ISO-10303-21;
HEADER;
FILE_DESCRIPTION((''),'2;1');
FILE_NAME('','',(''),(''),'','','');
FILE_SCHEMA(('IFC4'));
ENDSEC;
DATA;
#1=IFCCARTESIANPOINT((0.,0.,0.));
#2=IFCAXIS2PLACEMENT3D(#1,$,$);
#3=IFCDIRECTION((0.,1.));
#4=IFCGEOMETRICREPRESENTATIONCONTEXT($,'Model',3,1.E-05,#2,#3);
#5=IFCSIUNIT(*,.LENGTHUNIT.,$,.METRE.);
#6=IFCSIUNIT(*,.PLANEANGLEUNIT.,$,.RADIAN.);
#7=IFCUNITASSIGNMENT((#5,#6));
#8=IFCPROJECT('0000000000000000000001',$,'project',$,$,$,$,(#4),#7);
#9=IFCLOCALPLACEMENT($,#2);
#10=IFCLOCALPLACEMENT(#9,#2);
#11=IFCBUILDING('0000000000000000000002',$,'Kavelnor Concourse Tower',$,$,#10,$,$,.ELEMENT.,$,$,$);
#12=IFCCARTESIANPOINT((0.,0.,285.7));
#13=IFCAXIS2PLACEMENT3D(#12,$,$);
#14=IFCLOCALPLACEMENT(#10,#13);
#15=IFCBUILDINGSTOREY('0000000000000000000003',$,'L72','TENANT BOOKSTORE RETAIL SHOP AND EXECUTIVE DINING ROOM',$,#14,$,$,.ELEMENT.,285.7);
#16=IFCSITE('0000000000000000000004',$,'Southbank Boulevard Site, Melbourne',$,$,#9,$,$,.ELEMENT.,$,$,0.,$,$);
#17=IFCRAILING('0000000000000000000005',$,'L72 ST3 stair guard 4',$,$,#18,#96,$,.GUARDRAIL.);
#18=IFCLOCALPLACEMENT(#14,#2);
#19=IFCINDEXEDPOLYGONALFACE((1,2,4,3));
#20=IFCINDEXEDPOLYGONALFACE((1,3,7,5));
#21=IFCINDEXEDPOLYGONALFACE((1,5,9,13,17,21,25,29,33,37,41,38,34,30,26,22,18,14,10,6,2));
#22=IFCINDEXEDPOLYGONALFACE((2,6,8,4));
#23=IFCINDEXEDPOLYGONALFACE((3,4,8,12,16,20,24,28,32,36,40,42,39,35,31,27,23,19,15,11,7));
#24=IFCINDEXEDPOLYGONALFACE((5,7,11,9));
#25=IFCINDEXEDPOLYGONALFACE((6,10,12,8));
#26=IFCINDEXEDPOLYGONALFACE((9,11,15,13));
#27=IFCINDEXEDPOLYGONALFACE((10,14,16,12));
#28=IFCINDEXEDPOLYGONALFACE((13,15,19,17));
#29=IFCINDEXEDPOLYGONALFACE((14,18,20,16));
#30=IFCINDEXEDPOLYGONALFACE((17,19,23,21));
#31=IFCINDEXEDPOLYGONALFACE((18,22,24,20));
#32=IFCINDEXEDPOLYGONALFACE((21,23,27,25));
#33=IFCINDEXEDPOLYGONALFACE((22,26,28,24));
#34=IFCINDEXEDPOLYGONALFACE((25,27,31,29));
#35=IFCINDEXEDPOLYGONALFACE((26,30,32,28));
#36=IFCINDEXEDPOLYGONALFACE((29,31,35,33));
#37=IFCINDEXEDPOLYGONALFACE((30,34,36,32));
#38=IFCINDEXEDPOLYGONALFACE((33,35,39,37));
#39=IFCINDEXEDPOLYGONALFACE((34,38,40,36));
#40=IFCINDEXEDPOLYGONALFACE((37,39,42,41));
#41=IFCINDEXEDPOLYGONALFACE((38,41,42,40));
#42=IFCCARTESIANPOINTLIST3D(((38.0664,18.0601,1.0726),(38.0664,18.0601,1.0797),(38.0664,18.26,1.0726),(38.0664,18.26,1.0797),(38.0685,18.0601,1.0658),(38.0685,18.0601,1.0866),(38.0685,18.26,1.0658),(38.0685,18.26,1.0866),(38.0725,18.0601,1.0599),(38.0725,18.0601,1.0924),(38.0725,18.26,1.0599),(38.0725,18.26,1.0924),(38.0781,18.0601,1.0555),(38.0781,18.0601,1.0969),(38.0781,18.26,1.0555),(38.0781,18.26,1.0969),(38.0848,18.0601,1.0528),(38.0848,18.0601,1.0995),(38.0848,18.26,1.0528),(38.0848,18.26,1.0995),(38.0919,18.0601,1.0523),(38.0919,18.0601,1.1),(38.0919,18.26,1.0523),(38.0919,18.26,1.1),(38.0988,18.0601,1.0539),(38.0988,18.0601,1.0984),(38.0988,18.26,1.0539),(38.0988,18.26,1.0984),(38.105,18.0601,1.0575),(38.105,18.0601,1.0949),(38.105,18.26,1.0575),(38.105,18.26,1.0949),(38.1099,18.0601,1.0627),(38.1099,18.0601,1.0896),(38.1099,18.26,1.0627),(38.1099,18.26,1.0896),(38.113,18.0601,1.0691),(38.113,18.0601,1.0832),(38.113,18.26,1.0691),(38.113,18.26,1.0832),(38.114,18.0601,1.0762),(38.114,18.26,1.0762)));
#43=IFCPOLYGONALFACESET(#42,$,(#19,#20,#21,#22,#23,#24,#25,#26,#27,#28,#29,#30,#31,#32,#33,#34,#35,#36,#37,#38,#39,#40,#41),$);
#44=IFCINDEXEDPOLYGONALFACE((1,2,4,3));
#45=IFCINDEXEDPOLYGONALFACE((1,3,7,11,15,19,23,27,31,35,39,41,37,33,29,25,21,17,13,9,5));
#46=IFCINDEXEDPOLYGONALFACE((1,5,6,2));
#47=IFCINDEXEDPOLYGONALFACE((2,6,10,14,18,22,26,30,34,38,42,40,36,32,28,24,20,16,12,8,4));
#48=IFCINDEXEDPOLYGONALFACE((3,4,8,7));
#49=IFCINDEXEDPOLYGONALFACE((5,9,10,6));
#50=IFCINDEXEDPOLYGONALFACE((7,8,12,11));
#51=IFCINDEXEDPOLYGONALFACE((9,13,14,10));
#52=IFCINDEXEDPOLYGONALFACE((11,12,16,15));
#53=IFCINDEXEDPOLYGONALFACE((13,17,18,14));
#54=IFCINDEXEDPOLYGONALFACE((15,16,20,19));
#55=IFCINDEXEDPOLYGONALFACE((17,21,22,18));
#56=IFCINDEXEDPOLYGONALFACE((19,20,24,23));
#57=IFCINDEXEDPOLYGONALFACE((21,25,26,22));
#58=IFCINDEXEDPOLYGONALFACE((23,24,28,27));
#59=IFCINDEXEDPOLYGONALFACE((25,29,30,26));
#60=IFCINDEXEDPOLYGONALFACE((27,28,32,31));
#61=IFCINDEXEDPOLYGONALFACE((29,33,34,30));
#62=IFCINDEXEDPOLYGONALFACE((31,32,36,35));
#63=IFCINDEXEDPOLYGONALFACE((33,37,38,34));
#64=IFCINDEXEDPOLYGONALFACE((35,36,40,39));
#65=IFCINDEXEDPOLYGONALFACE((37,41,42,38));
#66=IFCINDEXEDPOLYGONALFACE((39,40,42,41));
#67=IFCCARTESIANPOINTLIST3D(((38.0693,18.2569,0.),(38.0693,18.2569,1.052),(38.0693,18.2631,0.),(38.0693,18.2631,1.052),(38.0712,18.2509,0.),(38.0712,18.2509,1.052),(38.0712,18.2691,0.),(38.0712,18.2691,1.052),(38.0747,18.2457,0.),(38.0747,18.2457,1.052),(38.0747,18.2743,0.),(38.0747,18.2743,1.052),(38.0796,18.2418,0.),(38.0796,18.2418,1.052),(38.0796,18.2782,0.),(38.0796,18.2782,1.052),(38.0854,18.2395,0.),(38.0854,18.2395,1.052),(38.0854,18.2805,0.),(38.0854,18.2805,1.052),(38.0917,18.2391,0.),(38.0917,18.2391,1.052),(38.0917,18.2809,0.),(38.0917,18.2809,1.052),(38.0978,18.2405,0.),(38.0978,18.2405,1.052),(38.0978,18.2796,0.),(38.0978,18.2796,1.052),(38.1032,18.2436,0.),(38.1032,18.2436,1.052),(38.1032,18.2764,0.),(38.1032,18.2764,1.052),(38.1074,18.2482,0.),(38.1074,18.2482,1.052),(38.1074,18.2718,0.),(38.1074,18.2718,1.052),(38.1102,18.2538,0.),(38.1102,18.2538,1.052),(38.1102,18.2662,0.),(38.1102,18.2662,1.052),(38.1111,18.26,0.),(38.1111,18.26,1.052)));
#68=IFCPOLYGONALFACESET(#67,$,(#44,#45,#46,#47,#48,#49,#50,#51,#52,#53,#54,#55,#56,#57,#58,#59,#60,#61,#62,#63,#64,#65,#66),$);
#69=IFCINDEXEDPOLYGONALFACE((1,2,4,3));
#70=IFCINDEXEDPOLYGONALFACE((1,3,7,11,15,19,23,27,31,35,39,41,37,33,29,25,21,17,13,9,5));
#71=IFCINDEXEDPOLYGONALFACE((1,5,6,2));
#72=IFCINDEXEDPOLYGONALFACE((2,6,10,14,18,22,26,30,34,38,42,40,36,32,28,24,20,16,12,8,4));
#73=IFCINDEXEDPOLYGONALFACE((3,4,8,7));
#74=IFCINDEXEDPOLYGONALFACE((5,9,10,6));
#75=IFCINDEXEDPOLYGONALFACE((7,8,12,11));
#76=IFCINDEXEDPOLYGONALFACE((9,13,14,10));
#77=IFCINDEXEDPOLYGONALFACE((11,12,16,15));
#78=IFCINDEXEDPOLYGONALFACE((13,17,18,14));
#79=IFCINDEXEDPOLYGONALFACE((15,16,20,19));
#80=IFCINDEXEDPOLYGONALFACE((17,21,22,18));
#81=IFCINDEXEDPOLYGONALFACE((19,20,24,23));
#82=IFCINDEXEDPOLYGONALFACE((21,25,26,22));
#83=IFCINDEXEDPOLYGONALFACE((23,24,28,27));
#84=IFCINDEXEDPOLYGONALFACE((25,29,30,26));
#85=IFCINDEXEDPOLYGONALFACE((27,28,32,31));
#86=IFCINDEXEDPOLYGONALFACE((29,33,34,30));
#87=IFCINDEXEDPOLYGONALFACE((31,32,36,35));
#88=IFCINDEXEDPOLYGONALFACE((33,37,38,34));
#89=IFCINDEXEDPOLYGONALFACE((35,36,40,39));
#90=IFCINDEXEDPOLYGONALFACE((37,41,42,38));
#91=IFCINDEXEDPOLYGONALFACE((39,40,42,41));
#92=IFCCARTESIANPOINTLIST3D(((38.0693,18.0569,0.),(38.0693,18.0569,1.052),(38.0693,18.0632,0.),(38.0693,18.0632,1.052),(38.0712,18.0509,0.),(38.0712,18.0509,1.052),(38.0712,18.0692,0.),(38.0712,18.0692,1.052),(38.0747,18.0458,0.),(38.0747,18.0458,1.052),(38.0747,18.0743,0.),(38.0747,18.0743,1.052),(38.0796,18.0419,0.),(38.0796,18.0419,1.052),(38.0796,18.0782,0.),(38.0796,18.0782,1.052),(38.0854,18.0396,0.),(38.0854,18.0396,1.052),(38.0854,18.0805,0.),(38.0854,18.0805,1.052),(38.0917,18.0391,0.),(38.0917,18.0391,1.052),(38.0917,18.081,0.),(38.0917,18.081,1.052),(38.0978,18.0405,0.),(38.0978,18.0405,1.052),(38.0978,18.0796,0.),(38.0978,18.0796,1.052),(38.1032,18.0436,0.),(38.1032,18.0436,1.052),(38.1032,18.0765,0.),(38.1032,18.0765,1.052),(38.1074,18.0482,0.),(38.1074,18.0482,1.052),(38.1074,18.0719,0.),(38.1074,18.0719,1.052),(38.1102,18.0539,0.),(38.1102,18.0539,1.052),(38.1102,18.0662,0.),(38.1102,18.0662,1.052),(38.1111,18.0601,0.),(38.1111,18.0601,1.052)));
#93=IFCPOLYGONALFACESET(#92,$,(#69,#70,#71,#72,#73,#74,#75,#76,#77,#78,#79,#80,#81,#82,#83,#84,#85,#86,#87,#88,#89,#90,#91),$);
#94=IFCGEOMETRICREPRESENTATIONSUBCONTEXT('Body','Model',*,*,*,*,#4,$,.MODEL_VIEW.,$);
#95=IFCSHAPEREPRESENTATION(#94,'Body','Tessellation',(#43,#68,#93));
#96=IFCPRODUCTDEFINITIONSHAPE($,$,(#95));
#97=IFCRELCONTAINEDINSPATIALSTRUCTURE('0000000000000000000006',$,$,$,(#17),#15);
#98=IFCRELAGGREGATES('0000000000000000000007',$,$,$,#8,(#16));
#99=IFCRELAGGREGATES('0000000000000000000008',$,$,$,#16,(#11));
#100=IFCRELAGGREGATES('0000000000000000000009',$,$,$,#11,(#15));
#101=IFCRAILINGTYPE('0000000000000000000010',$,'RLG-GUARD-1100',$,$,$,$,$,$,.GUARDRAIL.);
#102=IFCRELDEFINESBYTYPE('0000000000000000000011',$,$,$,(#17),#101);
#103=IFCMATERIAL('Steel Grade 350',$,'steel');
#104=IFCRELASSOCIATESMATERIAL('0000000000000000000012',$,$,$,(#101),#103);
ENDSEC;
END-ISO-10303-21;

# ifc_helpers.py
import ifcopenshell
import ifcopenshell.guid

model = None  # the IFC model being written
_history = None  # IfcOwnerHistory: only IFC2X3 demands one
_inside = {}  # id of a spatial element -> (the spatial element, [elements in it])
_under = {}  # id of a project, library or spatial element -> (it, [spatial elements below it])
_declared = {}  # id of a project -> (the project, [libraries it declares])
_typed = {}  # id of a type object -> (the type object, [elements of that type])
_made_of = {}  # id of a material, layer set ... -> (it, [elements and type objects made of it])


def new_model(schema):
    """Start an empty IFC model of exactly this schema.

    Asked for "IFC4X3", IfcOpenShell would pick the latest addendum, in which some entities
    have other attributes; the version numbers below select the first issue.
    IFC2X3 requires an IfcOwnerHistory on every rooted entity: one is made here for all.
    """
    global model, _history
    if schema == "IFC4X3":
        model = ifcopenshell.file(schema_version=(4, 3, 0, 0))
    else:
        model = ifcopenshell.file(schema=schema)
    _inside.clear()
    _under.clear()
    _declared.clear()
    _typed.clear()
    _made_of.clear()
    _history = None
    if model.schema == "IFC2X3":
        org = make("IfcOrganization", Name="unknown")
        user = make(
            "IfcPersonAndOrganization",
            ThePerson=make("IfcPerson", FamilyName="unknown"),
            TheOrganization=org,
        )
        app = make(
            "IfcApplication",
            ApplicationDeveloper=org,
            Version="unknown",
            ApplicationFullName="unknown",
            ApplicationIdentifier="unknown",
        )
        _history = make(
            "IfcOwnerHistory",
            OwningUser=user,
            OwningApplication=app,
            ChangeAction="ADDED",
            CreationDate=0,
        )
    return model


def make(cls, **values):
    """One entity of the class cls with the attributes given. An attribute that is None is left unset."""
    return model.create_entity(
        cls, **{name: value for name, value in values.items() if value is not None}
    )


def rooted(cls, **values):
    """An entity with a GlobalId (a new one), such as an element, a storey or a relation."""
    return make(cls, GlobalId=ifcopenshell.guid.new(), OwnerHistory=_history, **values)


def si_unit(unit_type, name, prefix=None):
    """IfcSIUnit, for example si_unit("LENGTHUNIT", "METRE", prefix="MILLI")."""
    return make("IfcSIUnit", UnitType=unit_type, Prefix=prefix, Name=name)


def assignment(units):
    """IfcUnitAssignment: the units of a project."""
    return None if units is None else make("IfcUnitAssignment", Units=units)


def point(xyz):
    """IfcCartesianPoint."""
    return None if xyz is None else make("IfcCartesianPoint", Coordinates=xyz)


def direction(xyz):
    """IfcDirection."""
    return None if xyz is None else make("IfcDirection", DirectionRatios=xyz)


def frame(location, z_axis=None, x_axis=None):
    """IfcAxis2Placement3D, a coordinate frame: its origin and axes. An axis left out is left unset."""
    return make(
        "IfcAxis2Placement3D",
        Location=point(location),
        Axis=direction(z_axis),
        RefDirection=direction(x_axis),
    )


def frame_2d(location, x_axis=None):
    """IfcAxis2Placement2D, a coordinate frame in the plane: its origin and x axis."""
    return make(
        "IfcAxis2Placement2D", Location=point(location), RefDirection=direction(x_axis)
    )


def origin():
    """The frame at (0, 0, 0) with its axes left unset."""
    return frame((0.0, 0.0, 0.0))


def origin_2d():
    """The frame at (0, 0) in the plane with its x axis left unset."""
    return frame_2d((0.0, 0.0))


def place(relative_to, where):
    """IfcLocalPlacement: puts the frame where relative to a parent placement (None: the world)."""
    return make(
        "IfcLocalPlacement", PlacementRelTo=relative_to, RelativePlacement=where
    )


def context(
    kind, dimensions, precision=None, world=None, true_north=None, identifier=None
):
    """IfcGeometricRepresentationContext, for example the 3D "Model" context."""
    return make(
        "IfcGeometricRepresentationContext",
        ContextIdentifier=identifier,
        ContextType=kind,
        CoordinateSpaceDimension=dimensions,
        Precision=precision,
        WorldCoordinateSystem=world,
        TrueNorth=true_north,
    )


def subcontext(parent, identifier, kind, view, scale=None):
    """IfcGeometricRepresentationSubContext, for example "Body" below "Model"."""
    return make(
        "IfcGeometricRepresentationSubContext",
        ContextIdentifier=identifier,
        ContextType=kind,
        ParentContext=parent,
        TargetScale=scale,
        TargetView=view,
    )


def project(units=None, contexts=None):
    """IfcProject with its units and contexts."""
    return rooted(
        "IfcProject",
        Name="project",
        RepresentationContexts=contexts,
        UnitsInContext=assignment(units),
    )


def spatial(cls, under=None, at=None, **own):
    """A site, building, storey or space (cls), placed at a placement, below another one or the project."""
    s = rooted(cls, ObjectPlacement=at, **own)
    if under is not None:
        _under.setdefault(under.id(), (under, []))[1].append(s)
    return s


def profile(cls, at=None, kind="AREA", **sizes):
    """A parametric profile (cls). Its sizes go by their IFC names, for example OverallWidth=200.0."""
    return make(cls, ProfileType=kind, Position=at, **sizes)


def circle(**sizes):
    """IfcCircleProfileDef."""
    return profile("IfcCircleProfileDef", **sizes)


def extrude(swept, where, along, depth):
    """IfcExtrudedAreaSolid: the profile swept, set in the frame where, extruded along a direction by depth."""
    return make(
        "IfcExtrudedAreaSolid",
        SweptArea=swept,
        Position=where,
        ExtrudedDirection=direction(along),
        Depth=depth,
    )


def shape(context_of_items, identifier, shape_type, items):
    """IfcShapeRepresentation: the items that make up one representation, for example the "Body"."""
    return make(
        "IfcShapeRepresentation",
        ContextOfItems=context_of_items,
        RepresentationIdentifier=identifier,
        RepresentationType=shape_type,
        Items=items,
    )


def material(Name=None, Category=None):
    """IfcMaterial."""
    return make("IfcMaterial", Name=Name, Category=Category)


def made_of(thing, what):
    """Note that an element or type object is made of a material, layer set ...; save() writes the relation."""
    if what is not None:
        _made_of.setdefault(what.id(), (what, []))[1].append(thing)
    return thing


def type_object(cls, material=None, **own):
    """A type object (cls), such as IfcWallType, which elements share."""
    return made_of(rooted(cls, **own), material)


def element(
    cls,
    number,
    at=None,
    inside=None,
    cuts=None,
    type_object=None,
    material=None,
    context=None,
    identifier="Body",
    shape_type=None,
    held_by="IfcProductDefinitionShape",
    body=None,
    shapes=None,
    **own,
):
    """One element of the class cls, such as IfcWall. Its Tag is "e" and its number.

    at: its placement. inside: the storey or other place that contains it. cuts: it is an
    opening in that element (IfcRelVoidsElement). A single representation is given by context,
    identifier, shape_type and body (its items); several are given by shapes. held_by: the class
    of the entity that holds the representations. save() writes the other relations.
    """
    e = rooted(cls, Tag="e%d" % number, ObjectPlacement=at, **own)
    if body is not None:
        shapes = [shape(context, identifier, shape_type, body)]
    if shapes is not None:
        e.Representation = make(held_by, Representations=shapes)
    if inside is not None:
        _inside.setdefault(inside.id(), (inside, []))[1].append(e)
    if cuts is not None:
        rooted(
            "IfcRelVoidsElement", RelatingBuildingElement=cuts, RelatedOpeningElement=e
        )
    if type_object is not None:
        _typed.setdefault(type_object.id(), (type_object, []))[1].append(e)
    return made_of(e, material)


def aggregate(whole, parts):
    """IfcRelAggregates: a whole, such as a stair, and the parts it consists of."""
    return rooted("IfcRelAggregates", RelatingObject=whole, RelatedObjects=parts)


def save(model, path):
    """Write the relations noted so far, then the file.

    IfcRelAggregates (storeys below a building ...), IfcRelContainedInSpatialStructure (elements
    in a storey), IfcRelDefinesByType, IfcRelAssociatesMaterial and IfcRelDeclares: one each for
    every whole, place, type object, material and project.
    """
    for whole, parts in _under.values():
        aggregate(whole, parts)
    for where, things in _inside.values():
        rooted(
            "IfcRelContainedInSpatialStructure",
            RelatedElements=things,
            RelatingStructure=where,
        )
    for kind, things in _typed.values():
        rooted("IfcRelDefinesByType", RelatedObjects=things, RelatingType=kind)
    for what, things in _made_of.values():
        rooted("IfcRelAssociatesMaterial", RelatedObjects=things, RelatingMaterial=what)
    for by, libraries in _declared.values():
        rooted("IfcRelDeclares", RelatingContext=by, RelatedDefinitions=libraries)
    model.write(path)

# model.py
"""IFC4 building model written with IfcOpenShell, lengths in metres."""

from ifc_helpers import new_model, si_unit, direction, frame, origin, origin_2d, place, context, subcontext, project, spatial, circle, extrude, material, type_object, element, save


model = new_model("IFC4")

# Units and contexts
model_context = context("Model", 3, precision=1e-05, world=origin(), true_north=direction((0.0, 1.0)))
body_context = subcontext(model_context, "Body", "Model", "MODEL_VIEW")
ifc_project = project(units=[si_unit("LENGTHUNIT", "METRE"), si_unit("PLANEANGLEUNIT", "RADIAN")], contexts=[model_context])

# Site, building, storey
site_placement = place(None, origin())
site = spatial("IfcSite", under=ifc_project, at=site_placement, Name="Southbank Boulevard Site, Melbourne", CompositionType="ELEMENT", RefElevation=0.0)
building_placement = place(site_placement, origin())
building = spatial("IfcBuilding", under=site, at=building_placement, Name="Kavelnor Concourse Tower", CompositionType="ELEMENT")
storey_placement = place(building_placement, frame((0.0, 0.0, 285.7)))
storey = spatial("IfcBuildingStorey", under=building, at=storey_placement, Name="L72", Description="TENANT BOOKSTORE RETAIL SHOP AND EXECUTIVE DINING ROOM", CompositionType="ELEMENT", Elevation=285.7)

# Shared definitions
ifc_material_1 = material(Name="Steel Grade 350", Category="steel")

# Railing
railing_type_1 = type_object("IfcRailingType", Name="RLG-GUARD-1100", PredefinedType="GUARDRAIL", material=ifc_material_1)
railing_1_placement = place(storey_placement, frame((38.0901, 18.26, 0.0)))
element("IfcRailing", 1, at=railing_1_placement, inside=storey, type_object=railing_type_1, Name="L72 ST3 stair guard 4", PredefinedType="GUARDRAIL", context=body_context, shape_type="SweptSolid", body=[
    extrude(circle(Radius=0.0239, at=origin_2d()), frame((0.0, 0.0, 1.0762), z_axis=(0.0, -1.0, 0.0), x_axis=(1.0, 0.0, 0.0)), (0.0, 0.0, 1.0), 0.2),
    extrude(circle(Radius=0.021, at=origin_2d()), origin(), (0.0, 0.0, 1.0), 1.052),
    extrude(circle(Radius=0.021, at=origin_2d()), frame((0.0, -0.2, 0.0)), (0.0, 0.0, 1.0), 1.052),
])

save(model, "model.ifc")
